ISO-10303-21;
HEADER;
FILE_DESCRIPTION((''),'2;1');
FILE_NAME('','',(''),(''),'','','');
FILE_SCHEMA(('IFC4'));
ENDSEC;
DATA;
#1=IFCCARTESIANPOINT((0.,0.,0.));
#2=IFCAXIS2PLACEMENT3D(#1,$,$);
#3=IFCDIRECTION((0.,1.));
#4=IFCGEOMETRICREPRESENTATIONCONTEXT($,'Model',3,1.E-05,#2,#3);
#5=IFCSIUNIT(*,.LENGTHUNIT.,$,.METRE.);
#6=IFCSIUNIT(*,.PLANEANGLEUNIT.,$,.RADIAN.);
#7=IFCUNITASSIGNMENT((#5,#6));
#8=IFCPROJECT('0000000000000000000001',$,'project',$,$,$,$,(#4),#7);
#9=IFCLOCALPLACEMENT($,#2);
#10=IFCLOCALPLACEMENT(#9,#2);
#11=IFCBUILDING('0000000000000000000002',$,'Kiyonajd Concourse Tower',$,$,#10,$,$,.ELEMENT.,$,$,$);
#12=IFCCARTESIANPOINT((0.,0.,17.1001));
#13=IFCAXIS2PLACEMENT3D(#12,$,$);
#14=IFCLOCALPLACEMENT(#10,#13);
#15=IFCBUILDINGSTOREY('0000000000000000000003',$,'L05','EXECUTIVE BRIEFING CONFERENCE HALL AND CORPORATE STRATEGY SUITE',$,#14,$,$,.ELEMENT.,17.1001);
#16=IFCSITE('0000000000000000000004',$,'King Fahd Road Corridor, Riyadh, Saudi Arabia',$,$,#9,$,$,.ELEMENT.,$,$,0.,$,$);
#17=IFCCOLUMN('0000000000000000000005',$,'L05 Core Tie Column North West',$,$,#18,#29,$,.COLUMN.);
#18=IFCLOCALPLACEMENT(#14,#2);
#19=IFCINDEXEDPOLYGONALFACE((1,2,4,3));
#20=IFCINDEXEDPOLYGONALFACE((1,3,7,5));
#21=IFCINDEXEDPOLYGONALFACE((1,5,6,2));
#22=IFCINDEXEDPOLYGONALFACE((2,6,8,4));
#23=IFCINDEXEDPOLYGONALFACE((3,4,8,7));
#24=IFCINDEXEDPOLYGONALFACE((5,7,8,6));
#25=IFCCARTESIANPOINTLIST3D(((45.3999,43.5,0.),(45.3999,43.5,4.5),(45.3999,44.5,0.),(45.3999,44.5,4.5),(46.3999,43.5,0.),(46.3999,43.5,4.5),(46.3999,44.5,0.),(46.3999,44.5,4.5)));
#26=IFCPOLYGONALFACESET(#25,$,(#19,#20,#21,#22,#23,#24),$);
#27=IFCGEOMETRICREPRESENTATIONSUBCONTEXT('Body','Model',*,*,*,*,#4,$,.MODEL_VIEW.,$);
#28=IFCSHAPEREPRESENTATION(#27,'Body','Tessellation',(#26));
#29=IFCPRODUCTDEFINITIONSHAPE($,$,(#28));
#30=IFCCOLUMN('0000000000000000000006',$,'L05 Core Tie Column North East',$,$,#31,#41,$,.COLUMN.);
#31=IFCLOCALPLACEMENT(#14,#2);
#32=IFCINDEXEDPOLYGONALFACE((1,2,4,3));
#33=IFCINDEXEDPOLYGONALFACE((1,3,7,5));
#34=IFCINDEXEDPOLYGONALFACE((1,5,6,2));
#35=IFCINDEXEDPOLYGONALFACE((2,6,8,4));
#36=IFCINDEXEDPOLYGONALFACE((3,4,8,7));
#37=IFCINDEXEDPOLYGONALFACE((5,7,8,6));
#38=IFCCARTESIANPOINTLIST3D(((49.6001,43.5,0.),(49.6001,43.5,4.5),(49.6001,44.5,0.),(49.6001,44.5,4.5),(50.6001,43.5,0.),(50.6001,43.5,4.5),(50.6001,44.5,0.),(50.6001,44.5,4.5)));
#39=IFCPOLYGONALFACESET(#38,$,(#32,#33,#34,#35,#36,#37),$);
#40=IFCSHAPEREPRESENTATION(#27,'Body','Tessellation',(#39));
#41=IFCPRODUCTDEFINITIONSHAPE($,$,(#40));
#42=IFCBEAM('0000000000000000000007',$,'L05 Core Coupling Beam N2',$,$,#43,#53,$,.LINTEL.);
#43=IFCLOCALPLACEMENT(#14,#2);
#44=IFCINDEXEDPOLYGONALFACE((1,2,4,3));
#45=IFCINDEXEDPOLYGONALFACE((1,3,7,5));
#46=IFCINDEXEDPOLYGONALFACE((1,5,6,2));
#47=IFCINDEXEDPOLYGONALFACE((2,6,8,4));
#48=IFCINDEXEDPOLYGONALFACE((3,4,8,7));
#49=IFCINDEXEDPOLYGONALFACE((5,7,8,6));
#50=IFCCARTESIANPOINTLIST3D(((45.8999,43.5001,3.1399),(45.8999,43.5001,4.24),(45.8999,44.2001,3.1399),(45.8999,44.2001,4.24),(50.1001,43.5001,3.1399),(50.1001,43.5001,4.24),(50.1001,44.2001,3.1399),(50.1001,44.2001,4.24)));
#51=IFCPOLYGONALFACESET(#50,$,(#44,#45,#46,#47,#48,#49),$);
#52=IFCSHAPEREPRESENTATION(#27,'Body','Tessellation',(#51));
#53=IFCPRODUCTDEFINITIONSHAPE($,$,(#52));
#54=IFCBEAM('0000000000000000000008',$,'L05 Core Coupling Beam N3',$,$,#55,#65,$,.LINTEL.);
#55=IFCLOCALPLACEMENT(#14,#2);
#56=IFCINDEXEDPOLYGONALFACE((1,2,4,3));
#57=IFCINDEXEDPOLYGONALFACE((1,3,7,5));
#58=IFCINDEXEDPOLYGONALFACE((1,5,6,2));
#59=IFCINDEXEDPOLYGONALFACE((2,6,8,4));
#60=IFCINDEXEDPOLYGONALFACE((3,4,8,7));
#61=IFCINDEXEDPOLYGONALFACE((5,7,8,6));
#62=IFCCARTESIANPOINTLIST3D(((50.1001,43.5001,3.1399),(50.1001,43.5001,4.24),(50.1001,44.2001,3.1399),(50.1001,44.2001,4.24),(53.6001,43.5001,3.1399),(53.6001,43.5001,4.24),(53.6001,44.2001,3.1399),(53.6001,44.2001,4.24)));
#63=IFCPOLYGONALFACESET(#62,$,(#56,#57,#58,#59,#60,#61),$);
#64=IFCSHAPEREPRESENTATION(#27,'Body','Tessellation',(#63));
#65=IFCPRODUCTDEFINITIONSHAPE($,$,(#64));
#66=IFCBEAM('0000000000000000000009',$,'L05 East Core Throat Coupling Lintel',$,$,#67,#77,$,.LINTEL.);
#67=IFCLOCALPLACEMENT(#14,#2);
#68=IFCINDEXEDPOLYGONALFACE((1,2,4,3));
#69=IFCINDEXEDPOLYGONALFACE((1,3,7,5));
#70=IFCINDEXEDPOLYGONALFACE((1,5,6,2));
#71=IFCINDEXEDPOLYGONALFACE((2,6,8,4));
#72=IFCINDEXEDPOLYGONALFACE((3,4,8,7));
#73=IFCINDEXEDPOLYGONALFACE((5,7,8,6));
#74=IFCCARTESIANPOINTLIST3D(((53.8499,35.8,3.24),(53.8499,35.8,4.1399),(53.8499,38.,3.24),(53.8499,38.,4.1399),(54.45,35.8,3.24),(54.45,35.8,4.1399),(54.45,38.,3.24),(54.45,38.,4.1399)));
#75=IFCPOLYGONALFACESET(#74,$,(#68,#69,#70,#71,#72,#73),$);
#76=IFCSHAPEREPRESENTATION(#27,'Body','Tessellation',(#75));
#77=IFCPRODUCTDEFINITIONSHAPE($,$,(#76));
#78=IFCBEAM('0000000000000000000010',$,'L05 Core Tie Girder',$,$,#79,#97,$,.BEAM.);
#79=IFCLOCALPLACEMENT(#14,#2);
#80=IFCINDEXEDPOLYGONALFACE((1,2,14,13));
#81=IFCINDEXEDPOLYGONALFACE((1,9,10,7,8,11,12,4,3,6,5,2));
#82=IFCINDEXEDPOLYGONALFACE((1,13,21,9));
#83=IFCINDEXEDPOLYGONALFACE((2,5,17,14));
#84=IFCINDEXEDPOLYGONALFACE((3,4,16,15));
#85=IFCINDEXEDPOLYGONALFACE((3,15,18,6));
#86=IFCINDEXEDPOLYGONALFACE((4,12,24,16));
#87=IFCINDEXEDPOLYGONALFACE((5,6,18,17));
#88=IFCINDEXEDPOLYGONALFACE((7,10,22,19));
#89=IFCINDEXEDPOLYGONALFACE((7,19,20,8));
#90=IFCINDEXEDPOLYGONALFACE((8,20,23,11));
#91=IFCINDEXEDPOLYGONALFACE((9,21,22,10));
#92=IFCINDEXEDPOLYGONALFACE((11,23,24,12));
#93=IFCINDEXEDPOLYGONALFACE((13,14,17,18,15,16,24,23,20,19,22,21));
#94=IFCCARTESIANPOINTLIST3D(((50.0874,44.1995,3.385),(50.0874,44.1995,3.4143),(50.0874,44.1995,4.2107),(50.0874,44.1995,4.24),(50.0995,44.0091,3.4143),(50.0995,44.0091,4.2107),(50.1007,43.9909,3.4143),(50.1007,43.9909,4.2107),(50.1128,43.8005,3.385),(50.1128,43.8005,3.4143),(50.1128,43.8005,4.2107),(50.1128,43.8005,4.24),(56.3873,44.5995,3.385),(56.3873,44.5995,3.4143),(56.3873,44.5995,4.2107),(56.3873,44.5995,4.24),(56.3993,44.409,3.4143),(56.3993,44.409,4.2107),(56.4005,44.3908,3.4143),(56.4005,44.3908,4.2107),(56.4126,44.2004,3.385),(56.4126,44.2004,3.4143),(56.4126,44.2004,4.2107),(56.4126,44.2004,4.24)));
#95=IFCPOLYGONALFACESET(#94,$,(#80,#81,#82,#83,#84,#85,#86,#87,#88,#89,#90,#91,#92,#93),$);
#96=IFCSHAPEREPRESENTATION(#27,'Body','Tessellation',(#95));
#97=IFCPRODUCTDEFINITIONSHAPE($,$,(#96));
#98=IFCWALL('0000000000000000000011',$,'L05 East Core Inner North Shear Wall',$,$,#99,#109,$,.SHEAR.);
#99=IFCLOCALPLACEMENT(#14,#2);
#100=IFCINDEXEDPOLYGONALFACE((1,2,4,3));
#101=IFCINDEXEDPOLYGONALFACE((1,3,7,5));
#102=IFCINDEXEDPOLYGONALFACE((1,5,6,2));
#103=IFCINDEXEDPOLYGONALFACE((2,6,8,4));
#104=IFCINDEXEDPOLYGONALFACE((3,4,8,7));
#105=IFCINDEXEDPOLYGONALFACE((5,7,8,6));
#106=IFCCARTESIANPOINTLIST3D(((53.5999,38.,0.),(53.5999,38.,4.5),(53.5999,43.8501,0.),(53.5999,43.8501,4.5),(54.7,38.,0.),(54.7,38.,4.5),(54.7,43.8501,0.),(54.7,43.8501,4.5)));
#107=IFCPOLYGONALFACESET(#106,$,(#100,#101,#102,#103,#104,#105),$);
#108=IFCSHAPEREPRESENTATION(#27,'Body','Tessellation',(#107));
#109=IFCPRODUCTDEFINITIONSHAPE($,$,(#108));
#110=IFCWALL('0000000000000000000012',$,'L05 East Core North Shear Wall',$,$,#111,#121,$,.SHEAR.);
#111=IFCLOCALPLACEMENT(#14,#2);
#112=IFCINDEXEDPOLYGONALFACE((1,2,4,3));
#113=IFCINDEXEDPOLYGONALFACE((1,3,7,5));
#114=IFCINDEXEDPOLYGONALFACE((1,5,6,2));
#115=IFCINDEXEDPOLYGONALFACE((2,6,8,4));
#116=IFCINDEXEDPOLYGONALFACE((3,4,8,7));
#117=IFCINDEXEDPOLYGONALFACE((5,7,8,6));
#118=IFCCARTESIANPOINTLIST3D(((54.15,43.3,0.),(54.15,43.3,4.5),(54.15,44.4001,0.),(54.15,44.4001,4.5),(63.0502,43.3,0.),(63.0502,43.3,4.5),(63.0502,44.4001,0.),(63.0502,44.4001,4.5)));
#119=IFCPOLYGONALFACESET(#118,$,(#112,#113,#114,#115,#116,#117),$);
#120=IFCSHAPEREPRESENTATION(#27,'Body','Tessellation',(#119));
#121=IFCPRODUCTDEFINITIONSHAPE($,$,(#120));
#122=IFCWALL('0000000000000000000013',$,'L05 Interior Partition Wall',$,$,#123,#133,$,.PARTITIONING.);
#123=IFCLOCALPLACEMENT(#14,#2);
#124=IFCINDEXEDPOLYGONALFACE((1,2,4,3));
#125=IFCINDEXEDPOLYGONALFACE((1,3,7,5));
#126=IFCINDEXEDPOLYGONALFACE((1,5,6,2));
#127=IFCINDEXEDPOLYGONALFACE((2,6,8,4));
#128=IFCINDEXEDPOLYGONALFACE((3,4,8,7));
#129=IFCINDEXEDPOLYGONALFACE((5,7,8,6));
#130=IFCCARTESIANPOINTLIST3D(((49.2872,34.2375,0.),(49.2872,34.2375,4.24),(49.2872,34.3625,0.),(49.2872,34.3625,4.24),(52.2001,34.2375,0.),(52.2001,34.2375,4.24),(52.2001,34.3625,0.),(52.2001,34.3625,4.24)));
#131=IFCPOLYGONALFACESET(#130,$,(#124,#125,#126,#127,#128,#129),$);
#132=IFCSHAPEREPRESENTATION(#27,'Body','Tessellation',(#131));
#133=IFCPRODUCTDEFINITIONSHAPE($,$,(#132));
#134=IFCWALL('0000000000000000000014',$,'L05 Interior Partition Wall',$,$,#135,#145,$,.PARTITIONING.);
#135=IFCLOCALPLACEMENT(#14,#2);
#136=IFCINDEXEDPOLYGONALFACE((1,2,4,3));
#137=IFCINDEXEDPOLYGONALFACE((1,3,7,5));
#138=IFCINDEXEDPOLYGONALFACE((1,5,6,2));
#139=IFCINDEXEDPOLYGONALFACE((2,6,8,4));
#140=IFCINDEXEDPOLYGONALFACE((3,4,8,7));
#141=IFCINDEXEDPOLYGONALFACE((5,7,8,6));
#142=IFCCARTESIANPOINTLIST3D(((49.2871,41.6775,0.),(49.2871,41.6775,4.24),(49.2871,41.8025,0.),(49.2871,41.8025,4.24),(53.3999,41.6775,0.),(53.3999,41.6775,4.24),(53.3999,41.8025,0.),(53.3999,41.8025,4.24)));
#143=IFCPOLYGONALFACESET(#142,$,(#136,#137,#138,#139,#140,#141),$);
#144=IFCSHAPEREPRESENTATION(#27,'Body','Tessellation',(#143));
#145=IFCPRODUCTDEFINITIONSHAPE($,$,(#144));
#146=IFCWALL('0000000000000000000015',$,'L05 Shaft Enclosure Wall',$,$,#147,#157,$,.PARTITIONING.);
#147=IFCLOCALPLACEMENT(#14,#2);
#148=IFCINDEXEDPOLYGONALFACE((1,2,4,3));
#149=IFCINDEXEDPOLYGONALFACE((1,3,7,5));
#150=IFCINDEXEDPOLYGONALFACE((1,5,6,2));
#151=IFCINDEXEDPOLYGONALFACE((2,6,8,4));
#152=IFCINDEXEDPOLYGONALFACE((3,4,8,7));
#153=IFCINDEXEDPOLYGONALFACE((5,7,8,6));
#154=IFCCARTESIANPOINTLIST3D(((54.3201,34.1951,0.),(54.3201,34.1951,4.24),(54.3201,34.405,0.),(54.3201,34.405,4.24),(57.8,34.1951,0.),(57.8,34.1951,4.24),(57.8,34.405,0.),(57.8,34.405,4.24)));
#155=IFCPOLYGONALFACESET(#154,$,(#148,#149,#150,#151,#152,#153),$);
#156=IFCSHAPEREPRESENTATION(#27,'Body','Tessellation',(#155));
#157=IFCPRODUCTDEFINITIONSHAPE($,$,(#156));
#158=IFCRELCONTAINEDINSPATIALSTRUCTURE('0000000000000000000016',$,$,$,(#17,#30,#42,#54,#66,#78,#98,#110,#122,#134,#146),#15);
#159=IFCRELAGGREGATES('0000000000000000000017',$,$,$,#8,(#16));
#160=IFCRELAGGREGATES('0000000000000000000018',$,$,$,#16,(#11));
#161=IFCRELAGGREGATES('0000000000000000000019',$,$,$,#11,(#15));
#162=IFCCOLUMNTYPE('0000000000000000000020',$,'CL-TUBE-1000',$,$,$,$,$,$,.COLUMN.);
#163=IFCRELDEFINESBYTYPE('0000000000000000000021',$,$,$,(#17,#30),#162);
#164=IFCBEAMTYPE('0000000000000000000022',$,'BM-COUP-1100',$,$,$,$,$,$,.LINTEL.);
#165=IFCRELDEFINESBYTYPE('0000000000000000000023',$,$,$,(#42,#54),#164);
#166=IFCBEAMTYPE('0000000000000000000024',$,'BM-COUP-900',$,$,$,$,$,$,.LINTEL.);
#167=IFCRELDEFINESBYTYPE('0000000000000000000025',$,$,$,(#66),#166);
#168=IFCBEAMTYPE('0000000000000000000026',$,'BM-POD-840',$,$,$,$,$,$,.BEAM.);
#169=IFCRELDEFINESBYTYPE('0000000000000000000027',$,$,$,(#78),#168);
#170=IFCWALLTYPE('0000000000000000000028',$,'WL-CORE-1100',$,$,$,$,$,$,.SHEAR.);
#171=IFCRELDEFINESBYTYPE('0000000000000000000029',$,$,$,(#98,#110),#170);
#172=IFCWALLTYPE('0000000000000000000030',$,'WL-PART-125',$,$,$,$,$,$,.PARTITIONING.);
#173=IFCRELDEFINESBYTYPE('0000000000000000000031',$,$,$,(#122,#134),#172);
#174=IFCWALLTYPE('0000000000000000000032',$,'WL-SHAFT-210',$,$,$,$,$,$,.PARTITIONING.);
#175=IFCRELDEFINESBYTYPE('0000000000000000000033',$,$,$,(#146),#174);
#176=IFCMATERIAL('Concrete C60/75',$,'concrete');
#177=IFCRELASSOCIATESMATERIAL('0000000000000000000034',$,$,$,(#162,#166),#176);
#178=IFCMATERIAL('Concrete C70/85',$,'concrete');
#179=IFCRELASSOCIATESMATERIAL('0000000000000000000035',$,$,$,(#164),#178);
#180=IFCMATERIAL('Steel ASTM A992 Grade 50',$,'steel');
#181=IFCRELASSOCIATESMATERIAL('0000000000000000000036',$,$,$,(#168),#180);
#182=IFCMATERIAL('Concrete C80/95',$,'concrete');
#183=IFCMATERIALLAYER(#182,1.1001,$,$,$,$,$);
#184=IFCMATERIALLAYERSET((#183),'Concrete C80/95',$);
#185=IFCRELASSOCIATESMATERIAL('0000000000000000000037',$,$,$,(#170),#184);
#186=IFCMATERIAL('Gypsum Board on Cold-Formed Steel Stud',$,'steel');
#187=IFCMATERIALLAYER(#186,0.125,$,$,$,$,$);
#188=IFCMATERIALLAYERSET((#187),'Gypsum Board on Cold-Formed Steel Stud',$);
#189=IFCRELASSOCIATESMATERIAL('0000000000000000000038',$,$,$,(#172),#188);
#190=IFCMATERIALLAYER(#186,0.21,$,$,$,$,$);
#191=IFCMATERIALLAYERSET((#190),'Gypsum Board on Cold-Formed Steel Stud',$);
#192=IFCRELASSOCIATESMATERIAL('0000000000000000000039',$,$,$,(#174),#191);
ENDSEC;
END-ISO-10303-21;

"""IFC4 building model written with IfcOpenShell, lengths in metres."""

from ifc_helpers import new_model, si_unit, direction, frame, frame_2d, origin, origin_2d, place, context, subcontext, project, spatial, rectangle, i_section, extrude, material, layer, layer_set, material_profile, profile_set, type_object, element, save


model = new_model("IFC4")

# Units and contexts
model_context = context("Model", 3, precision=1e-05, world=origin(), true_north=direction((0.0, 1.0)))
body_context = subcontext(model_context, "Body", "Model", "MODEL_VIEW")
ifc_project = project(units=[si_unit("LENGTHUNIT", "METRE"), si_unit("PLANEANGLEUNIT", "RADIAN")], contexts=[model_context])

# Site, building, storey
site_placement = place(None, origin())
site = spatial("IfcSite", under=ifc_project, at=site_placement, Name="King Fahd Road Corridor, Riyadh, Saudi Arabia", CompositionType="ELEMENT", RefElevation=0.0)
building_placement = place(site_placement, origin())
building = spatial("IfcBuilding", under=site, at=building_placement, Name="Kiyonajd Concourse Tower", CompositionType="ELEMENT")
storey_placement = place(building_placement, frame((0.0, 0.0, 17.1001)))
storey = spatial("IfcBuildingStorey", under=building, at=storey_placement, Name="L05", Description="EXECUTIVE BRIEFING CONFERENCE HALL AND CORPORATE STRATEGY SUITE", CompositionType="ELEMENT", Elevation=17.1001)

# Columns
ifc_material_1 = material(Name="Concrete C60/75", Category="concrete")
ifc_material_profile_1 = material_profile(ifc_material_1, rectangle(XDim=1.0, YDim=1.0, at=origin_2d()), Name="RC-1000x1000")
ifc_profile_set_1 = profile_set([ifc_material_profile_1], Name="Concrete C60/75")
column_type = type_object("IfcColumnType", Name="CL-TUBE-1000", PredefinedType="COLUMN", material=ifc_profile_set_1)
for number, where, z_axis, x_axis, name in (
    (1, (45.8999, 44.0, 0.0), (0.0, 0.0, 1.0), (1.0, 0.0, 0.0), "L05 Core Tie Column North West"),
    (2, (50.1001, 44.0, 0.0), (0.0, 0.0, 1.0), (1.0, 0.0, 0.0), "L05 Core Tie Column North East"),
):
    element("IfcColumn", number, at=place(storey_placement, frame(where, z_axis=z_axis, x_axis=x_axis)), inside=storey, type_object=column_type, Name=name, PredefinedType="COLUMN", context=body_context, shape_type="SweptSolid", body=[
        extrude(rectangle(XDim=1.0, YDim=1.0, at=origin_2d()), origin(), (0.0, 0.0, 1.0), 4.5),
    ])

# Beams
ifc_material_2 = material(Name="Concrete C70/85", Category="concrete")
ifc_material_profile_2 = material_profile(ifc_material_2, rectangle(XDim=0.7, YDim=1.1001, at=origin_2d()), Name="RCBM-700x1100")
ifc_profile_set_2 = profile_set([ifc_material_profile_2], Name="Concrete C70/85")
beam_type_1 = type_object("IfcBeamType", Name="BM-COUP-1100", PredefinedType="LINTEL", material=ifc_profile_set_2)
beam_1_placement = place(storey_placement, frame((45.8999, 43.8501, 3.6899), z_axis=(1.0, 0.0, 0.0), x_axis=(0.0, 1.0, 0.0)))
element("IfcBeam", 3, at=beam_1_placement, inside=storey, type_object=beam_type_1, Name="L05 Core Coupling Beam N2", PredefinedType="LINTEL", context=body_context, shape_type="SweptSolid", body=[
    extrude(rectangle(XDim=0.7, YDim=1.1001, at=origin_2d()), origin(), (0.0, 0.0, 1.0), 4.2002),
])
beam_2_placement = place(storey_placement, frame((50.1001, 43.8501, 3.6899), z_axis=(1.0, 0.0, 0.0), x_axis=(0.0, 1.0, 0.0)))
element("IfcBeam", 4, at=beam_2_placement, inside=storey, type_object=beam_type_1, Name="L05 Core Coupling Beam N3", PredefinedType="LINTEL", context=body_context, shape_type="SweptSolid", body=[
    extrude(rectangle(XDim=0.7, YDim=1.1001, at=origin_2d()), origin(), (0.0, 0.0, 1.0), 3.5),
])
ifc_material_profile_3 = material_profile(ifc_material_1, rectangle(XDim=0.6001, YDim=0.8999, at=origin_2d()), Name="RCBM-600x900")
ifc_profile_set_3 = profile_set([ifc_material_profile_3], Name="Concrete C60/75")
beam_type_2 = type_object("IfcBeamType", Name="BM-COUP-900", PredefinedType="LINTEL", material=ifc_profile_set_3)
beam_3_placement = place(storey_placement, frame((54.1499, 35.8, 3.6899), z_axis=(0.0, 1.0, 0.0), x_axis=(-1.0, 0.0, 0.0)))
element("IfcBeam", 5, at=beam_3_placement, inside=storey, type_object=beam_type_2, Name="L05 East Core Throat Coupling Lintel", PredefinedType="LINTEL", context=body_context, shape_type="SweptSolid", body=[
    extrude(rectangle(XDim=0.6001, YDim=0.8999, at=origin_2d()), origin(), (0.0, 0.0, 1.0), 2.2),
])
ifc_material_3 = material(Name="Steel ASTM A992 Grade 50", Category="steel")
ifc_material_profile_4 = material_profile(ifc_material_3, i_section(OverallWidth=0.3999, OverallDepth=0.855, WebThickness=0.0183, FlangeThickness=0.0293, at=origin_2d()), Name="W840X299")
ifc_profile_set_4 = profile_set([ifc_material_profile_4], Name="Steel ASTM A992 Grade 50")
beam_type_3 = type_object("IfcBeamType", Name="BM-POD-840", PredefinedType="BEAM", material=ifc_profile_set_4)
beam_4_placement = place(storey_placement, frame((50.1001, 44.0, 3.8125), z_axis=(0.997991, 0.063351, 0.0), x_axis=(-0.063351, 0.997991, 0.0)))
element("IfcBeam", 6, at=beam_4_placement, inside=storey, type_object=beam_type_3, Name="L05 Core Tie Girder", PredefinedType="BEAM", context=body_context, shape_type="SweptSolid", body=[
    extrude(i_section(OverallWidth=0.3999, OverallDepth=0.855, WebThickness=0.0183, FlangeThickness=0.0293, at=origin_2d()), origin(), (0.0, 0.0, 1.0), 6.3125),
])

# Walls
ifc_material_4 = material(Name="Concrete C80/95", Category="concrete")
ifc_layer_1 = layer(ifc_material_4, 1.1001)
ifc_layer_set_1 = layer_set([ifc_layer_1], Name="Concrete C80/95")
wall_type_1 = type_object("IfcWallType", Name="WL-CORE-1100", PredefinedType="SHEAR", material=ifc_layer_set_1)
wall_1_placement = place(storey_placement, frame((54.1499, 38.0, 0.0), z_axis=(0.0, 0.0, 1.0), x_axis=(0.0, 1.0, 0.0)))
element("IfcWall", 7, at=wall_1_placement, inside=storey, type_object=wall_type_1, Name="L05 East Core Inner North Shear Wall", PredefinedType="SHEAR", context=body_context, shape_type="SweptSolid", body=[
    extrude(rectangle(XDim=5.8501, YDim=1.1001, at=frame_2d((2.925, 0.0))), origin(), (0.0, 0.0, 1.0), 4.5),
])
wall_2_placement = place(storey_placement, frame((54.1499, 43.8501, 0.0), z_axis=(0.0, 0.0, 1.0), x_axis=(1.0, 0.0, 0.0)))
element("IfcWall", 8, at=wall_2_placement, inside=storey, type_object=wall_type_1, Name="L05 East Core North Shear Wall", PredefinedType="SHEAR", context=body_context, shape_type="SweptSolid", body=[
    extrude(rectangle(XDim=8.9001, YDim=1.1001, at=frame_2d((4.4502, 0.0))), origin(), (0.0, 0.0, 1.0), 4.5),
])
ifc_material_5 = material(Name="Gypsum Board on Cold-Formed Steel Stud", Category="steel")
ifc_layer_2 = layer(ifc_material_5, 0.125)
ifc_layer_set_2 = layer_set([ifc_layer_2], Name="Gypsum Board on Cold-Formed Steel Stud")
wall_type_2 = type_object("IfcWallType", Name="WL-PART-125", PredefinedType="PARTITIONING", material=ifc_layer_set_2)
wall_3_placement = place(storey_placement, frame((49.2871, 34.3, 0.0), z_axis=(0.0, 0.0, 1.0), x_axis=(1.0, 0.0, 0.0)))
element("IfcWall", 9, at=wall_3_placement, inside=storey, type_object=wall_type_2, Name="L05 Interior Partition Wall", PredefinedType="PARTITIONING", context=body_context, shape_type="SweptSolid", body=[
    extrude(rectangle(XDim=2.9128, YDim=0.125, at=frame_2d((1.4565, 0.0))), origin(), (0.0, 0.0, 1.0), 4.24),
])
wall_4_placement = place(storey_placement, frame((49.2871, 41.74, 0.0), z_axis=(0.0, 0.0, 1.0), x_axis=(1.0, 0.0, 0.0)))
element("IfcWall", 10, at=wall_4_placement, inside=storey, type_object=wall_type_2, Name="L05 Interior Partition Wall", PredefinedType="PARTITIONING", context=body_context, shape_type="SweptSolid", body=[
    extrude(rectangle(XDim=4.1128, YDim=0.125, at=frame_2d((2.0564, 0.0))), origin(), (0.0, 0.0, 1.0), 4.24),
])
ifc_layer_3 = layer(ifc_material_5, 0.21)
ifc_layer_set_3 = layer_set([ifc_layer_3], Name="Gypsum Board on Cold-Formed Steel Stud")
wall_type_3 = type_object("IfcWallType", Name="WL-SHAFT-210", PredefinedType="PARTITIONING", material=ifc_layer_set_3)
wall_5_placement = place(storey_placement, frame((54.3201, 34.3, 0.0), z_axis=(0.0, 0.0, 1.0), x_axis=(1.0, 0.0, 0.0)))
element("IfcWall", 11, at=wall_5_placement, inside=storey, type_object=wall_type_3, Name="L05 Shaft Enclosure Wall", PredefinedType="PARTITIONING", context=body_context, shape_type="SweptSolid", body=[
    extrude(rectangle(XDim=3.48, YDim=0.21, at=frame_2d((1.74, 0.0))), origin(), (0.0, 0.0, 1.0), 4.24),
])

save(model, "model.ifc")
